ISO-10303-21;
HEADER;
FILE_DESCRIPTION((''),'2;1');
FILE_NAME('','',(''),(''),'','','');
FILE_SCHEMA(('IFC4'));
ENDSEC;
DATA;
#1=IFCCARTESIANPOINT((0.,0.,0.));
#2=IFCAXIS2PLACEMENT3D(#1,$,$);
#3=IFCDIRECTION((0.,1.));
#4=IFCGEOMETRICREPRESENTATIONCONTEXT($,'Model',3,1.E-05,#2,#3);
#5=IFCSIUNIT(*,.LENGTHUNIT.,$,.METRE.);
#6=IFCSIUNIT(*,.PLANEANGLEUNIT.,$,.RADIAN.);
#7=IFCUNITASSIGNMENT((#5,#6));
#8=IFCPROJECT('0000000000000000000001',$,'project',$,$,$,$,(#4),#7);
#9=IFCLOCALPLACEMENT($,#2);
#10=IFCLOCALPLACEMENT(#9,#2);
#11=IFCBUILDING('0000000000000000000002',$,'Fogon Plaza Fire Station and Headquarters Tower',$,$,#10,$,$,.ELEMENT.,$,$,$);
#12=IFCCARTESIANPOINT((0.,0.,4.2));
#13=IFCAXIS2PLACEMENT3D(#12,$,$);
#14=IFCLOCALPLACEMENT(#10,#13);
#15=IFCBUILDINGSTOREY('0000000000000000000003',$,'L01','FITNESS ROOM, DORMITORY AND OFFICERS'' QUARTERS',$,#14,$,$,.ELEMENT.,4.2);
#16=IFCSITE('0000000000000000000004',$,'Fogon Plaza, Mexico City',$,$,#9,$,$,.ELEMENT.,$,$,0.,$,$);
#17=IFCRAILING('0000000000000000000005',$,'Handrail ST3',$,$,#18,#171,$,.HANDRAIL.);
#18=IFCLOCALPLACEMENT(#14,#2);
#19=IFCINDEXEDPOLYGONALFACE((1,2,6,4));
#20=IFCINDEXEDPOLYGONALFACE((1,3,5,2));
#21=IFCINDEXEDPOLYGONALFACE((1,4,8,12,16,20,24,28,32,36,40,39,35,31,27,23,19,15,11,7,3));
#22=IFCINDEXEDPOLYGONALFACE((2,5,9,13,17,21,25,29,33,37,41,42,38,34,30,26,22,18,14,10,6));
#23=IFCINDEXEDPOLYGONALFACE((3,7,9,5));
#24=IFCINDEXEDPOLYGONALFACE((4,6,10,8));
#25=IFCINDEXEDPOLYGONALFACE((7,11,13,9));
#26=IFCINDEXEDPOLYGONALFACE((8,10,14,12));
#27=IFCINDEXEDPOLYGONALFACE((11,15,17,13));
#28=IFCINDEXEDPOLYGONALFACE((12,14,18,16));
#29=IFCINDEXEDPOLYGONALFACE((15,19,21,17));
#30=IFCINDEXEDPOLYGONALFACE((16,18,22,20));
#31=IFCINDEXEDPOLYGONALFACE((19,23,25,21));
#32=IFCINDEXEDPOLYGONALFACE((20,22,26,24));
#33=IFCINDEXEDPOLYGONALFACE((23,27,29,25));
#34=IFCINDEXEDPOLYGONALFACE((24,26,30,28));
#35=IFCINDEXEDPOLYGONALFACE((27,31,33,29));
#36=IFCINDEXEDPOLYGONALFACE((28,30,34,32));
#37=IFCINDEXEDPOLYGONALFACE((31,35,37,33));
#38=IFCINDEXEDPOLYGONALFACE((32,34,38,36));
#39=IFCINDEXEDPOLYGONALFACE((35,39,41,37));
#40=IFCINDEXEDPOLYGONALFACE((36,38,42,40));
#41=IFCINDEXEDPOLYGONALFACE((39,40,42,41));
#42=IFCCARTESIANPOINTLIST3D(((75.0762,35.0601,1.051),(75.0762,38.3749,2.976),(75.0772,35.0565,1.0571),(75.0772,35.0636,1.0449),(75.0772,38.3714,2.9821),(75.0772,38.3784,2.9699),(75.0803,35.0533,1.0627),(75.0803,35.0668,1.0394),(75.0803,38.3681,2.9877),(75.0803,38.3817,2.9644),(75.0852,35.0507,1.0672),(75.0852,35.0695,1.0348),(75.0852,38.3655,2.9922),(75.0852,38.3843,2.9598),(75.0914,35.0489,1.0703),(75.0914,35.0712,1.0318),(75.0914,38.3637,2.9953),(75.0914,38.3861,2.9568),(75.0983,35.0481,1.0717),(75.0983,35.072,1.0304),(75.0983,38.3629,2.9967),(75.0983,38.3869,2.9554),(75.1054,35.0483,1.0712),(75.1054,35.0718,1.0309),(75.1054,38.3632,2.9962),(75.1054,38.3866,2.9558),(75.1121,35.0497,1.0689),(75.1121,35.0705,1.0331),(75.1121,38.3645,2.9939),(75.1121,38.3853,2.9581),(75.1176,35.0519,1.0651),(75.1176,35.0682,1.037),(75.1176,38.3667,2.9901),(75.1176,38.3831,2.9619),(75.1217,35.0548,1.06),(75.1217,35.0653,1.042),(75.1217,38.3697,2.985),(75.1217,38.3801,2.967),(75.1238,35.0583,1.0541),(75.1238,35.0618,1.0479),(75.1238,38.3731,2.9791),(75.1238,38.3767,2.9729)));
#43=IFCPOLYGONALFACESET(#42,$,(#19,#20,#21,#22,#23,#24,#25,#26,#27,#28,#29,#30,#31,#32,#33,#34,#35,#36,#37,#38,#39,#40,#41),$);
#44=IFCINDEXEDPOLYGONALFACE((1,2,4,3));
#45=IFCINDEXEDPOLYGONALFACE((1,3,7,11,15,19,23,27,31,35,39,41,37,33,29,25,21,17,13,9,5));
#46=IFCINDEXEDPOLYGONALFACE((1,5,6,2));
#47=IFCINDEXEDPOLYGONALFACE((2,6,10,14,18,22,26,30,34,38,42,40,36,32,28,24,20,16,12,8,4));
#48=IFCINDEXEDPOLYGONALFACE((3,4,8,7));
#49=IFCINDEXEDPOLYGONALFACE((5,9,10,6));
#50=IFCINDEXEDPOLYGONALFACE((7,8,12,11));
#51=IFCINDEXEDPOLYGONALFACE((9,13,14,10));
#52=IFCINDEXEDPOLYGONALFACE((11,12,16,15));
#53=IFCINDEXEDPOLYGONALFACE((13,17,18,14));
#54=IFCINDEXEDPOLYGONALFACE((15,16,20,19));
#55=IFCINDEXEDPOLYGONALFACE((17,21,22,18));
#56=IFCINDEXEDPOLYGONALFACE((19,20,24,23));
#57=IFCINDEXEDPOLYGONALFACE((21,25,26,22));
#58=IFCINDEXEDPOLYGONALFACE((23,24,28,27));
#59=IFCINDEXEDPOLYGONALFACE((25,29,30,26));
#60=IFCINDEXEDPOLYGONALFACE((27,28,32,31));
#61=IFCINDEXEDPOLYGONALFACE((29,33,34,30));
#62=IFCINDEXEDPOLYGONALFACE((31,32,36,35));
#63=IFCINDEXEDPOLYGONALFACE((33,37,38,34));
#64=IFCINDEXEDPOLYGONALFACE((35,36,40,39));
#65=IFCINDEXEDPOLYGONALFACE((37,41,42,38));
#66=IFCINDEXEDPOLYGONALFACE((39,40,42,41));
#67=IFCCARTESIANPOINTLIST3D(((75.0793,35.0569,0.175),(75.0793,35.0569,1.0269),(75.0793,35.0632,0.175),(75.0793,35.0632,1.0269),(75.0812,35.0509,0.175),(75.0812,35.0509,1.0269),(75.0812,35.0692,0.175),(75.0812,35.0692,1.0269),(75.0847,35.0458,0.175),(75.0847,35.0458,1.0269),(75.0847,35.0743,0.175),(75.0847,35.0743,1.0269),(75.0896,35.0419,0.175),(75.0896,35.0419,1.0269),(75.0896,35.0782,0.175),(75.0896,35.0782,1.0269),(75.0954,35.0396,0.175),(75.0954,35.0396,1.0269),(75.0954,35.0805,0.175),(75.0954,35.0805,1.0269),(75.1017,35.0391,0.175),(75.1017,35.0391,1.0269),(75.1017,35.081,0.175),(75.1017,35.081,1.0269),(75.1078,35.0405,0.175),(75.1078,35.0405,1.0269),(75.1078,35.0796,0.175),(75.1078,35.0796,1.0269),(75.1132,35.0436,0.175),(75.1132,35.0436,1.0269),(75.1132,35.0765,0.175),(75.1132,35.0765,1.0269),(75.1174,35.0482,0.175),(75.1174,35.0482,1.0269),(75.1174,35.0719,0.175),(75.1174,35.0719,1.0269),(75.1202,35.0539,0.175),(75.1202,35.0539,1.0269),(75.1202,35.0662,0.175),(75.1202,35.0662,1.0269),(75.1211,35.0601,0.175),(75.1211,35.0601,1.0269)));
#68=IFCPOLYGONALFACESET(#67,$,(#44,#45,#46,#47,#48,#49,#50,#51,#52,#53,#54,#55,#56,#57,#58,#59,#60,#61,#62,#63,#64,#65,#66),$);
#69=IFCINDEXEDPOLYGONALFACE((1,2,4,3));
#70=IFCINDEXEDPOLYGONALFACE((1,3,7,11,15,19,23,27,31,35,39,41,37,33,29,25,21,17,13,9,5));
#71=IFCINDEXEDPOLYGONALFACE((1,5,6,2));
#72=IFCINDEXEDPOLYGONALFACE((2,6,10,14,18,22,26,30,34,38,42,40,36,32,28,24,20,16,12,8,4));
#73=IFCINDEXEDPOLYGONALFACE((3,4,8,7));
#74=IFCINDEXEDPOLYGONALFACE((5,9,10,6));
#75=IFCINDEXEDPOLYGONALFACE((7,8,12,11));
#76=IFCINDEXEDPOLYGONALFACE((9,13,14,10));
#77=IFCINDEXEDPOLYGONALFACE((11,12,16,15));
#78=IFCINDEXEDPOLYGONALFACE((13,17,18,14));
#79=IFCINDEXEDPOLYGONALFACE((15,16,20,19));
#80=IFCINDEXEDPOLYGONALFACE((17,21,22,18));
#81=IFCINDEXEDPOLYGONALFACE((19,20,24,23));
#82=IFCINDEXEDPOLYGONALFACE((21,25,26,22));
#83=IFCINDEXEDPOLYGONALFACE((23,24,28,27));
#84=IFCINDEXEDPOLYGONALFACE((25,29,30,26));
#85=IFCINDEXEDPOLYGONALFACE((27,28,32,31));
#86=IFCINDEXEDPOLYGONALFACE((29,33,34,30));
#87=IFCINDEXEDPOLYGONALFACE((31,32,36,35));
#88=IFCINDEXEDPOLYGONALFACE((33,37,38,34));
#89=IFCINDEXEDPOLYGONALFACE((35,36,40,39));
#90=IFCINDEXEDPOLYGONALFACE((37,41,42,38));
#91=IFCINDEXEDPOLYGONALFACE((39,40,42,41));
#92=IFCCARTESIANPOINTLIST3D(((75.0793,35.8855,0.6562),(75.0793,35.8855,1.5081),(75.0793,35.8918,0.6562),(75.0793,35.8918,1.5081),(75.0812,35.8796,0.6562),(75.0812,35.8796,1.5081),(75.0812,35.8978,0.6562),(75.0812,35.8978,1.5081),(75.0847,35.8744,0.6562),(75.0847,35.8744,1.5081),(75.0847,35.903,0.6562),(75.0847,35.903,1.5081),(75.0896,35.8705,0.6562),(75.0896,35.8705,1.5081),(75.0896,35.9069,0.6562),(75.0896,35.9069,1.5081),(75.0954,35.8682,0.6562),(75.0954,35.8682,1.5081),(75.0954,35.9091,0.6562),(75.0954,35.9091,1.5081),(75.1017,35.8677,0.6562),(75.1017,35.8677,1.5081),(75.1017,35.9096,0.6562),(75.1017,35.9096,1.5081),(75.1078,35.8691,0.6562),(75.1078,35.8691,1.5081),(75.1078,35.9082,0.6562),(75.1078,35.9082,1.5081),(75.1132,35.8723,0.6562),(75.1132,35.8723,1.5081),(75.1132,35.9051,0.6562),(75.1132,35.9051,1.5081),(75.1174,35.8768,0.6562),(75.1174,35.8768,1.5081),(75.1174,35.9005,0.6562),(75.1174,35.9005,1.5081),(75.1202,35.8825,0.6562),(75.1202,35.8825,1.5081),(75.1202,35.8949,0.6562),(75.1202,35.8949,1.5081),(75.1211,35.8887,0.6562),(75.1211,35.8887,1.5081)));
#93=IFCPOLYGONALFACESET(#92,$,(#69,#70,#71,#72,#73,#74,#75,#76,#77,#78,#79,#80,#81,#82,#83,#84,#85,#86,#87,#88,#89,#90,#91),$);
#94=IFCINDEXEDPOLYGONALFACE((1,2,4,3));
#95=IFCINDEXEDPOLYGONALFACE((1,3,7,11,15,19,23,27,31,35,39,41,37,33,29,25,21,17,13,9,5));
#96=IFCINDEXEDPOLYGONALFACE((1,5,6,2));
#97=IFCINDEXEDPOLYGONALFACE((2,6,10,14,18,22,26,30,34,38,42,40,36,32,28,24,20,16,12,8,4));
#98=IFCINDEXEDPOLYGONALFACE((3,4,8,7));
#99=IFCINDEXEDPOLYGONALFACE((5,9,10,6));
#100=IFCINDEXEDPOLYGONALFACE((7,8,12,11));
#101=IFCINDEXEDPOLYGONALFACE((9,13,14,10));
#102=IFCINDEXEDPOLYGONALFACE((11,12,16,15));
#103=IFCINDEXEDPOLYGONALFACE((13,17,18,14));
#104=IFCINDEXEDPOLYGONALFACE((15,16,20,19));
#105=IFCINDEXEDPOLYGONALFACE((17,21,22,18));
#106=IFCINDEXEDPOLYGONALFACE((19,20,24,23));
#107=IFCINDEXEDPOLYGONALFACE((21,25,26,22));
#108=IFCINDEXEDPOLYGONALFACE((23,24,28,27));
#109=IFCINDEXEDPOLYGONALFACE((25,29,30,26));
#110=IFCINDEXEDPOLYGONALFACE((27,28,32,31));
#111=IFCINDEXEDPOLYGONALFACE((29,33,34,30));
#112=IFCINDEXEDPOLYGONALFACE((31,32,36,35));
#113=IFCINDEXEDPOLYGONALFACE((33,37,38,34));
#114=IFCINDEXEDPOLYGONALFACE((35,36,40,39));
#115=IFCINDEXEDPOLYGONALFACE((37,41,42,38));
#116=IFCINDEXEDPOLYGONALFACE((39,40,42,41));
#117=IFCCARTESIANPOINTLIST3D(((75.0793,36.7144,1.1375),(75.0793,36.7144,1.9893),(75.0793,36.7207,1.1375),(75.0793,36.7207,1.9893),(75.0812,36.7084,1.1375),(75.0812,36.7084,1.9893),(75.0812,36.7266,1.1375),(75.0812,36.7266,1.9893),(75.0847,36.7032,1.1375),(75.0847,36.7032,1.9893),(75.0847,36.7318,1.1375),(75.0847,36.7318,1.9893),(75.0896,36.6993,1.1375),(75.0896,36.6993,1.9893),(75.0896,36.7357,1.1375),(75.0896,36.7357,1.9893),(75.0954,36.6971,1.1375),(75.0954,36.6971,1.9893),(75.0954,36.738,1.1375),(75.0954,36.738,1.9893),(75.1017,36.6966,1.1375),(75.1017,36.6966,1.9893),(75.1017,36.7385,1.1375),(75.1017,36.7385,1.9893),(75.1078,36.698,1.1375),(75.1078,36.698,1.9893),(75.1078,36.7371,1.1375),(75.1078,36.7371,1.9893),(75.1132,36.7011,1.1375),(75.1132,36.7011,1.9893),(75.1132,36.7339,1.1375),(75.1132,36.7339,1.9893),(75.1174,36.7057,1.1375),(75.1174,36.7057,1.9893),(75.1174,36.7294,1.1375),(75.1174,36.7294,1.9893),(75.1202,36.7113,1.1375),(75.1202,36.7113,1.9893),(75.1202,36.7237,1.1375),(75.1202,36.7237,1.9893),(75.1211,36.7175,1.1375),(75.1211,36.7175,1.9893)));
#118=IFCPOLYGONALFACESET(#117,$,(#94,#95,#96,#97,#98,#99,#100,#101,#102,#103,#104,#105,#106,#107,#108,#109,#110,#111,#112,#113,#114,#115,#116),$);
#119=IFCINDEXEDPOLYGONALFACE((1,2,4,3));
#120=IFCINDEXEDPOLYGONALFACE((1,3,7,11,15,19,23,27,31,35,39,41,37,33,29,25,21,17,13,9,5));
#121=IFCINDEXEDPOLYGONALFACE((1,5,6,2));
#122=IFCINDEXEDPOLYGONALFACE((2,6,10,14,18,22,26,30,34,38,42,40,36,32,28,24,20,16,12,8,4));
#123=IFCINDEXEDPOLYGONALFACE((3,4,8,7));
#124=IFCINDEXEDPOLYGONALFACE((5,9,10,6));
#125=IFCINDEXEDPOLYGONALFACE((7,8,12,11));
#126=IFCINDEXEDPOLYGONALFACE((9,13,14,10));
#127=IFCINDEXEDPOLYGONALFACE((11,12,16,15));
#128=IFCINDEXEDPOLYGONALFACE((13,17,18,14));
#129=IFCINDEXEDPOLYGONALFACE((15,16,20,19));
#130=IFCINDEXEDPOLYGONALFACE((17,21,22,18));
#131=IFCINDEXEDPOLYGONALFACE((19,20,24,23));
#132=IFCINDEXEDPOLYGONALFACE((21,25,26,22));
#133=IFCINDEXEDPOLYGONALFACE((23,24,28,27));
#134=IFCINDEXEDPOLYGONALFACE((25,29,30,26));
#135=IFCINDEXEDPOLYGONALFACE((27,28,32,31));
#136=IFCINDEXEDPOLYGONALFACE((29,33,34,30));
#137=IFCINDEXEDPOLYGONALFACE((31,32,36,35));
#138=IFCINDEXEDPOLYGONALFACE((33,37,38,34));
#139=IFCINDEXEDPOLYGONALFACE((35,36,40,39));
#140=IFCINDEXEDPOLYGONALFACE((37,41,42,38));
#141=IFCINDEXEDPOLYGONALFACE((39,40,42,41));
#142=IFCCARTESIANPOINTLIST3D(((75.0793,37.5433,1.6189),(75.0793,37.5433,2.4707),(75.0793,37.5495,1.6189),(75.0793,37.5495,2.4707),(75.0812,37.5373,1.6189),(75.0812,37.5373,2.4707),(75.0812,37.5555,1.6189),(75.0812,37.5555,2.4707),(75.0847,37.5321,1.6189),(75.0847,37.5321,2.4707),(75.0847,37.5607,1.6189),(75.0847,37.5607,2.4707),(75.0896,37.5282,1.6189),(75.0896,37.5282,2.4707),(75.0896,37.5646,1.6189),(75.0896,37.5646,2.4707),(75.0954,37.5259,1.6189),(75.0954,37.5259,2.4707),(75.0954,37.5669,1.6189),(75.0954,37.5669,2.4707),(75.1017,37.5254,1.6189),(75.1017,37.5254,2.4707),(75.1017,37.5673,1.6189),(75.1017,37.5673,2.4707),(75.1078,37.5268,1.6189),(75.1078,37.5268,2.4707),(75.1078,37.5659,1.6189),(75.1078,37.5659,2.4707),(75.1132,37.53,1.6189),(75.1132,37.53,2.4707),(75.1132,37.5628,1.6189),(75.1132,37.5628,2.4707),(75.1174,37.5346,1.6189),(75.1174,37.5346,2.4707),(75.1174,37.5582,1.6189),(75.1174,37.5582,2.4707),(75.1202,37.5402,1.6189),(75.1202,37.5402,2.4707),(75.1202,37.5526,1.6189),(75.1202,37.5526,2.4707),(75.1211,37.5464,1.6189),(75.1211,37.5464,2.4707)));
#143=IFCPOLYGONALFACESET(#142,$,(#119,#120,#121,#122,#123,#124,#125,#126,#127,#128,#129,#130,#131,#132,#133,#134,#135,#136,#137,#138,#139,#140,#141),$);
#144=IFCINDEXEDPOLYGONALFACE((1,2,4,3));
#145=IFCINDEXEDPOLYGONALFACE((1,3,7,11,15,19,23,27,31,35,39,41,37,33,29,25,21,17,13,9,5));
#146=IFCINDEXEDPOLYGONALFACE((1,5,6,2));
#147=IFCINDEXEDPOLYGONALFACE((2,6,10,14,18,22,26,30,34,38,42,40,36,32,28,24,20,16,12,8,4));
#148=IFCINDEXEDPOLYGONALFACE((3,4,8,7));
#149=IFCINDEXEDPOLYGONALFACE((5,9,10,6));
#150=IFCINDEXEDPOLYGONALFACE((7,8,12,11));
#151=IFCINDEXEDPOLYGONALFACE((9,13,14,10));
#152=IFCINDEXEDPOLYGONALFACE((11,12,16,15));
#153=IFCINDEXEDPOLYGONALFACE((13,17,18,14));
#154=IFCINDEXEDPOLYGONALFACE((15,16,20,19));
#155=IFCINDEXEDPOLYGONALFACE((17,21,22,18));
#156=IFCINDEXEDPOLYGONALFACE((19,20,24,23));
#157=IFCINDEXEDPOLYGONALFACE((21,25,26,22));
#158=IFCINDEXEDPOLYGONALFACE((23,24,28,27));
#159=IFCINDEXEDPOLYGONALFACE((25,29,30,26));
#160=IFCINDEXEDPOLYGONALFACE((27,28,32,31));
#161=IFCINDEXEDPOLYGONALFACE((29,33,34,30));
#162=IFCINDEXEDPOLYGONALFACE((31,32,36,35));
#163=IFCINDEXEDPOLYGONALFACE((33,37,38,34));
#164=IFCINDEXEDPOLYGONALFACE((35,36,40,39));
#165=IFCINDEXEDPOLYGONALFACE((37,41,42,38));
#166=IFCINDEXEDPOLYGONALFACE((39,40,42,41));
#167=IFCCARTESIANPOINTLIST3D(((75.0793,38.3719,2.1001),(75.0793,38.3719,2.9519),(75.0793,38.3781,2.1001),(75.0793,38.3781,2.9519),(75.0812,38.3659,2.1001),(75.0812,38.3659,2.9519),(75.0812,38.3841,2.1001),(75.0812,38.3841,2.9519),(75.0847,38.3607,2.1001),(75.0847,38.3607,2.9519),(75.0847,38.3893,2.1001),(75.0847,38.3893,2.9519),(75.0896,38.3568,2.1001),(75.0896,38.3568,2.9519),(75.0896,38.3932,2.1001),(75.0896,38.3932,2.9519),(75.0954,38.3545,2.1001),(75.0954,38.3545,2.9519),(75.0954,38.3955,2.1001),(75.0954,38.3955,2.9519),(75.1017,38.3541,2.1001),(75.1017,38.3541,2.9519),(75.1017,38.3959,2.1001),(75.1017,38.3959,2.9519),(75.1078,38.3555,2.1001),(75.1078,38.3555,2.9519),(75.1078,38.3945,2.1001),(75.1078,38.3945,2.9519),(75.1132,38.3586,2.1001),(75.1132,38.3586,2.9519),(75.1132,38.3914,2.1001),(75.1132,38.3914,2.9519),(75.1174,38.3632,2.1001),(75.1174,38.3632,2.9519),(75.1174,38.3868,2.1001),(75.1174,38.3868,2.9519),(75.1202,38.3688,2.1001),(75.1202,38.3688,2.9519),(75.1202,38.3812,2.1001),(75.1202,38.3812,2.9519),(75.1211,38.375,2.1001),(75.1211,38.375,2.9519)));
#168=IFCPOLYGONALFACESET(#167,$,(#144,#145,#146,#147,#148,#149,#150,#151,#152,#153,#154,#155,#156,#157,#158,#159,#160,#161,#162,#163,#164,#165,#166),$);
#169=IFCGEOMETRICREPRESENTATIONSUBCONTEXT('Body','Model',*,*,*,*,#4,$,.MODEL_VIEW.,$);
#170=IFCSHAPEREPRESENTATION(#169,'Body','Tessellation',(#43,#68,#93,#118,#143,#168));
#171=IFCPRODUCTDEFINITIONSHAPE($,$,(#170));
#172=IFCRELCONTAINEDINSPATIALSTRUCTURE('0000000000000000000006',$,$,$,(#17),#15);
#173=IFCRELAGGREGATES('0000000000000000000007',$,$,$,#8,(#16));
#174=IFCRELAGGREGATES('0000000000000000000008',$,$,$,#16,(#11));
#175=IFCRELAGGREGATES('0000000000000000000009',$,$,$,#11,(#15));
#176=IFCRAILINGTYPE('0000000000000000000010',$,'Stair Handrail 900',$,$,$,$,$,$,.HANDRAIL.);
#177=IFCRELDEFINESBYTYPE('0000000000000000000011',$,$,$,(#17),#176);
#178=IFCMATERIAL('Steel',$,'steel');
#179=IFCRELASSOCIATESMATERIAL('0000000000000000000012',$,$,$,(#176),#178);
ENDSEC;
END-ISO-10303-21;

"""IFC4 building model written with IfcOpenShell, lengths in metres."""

from ifc_helpers import new_model, si_unit, direction, frame, origin, origin_2d, place, context, subcontext, project, spatial, circle, extrude, material, type_object, element, save


model = new_model("IFC4")

# Units and contexts
model_context = context("Model", 3, precision=1e-05, world=origin(), true_north=direction((0.0, 1.0)))
body_context = subcontext(model_context, "Body", "Model", "MODEL_VIEW")
ifc_project = project(units=[si_unit("LENGTHUNIT", "METRE"), si_unit("PLANEANGLEUNIT", "RADIAN")], contexts=[model_context])

# Site, building, storey
site_placement = place(None, origin())
site = spatial("IfcSite", under=ifc_project, at=site_placement, Name="Fogon Plaza, Mexico City", CompositionType="ELEMENT", RefElevation=0.0)
building_placement = place(site_placement, origin())
building = spatial("IfcBuilding", under=site, at=building_placement, Name="Fogon Plaza Fire Station and Headquarters Tower", CompositionType="ELEMENT")
storey_placement = place(building_placement, frame((0.0, 0.0, 4.2)))
storey = spatial("IfcBuildingStorey", under=building, at=storey_placement, Name="L01", Description="FITNESS ROOM, DORMITORY AND OFFICERS' QUARTERS", CompositionType="ELEMENT", Elevation=4.2)

# Railing
ifc_material_1 = material(Name="Steel", Category="steel")
railing_type = type_object("IfcRailingType", Name="Stair Handrail 900", PredefinedType="HANDRAIL", material=ifc_material_1)
railing_placement = place(storey_placement, frame((75.1001, 35.0601, 0.175)))
element("IfcRailing", 1, at=railing_placement, inside=storey, type_object=railing_type, Name="Handrail ST3", PredefinedType="HANDRAIL", context=body_context, shape_type="SweptSolid", body=[
    extrude(circle(Radius=0.0239, at=origin_2d()), frame((0.0, 0.0, 0.876), z_axis=(0.0, 0.864761, 0.502183), x_axis=(-1.0, 0.0, 0.0)), (0.0, 0.0, 1.0), 3.8333),
    extrude(circle(Radius=0.021, at=origin_2d()), origin(), (0.0, 0.0, 1.0), 0.8518),
    extrude(circle(Radius=0.021, at=origin_2d()), frame((0.0, 0.8286, 0.4812)), (0.0, 0.0, 1.0), 0.8518),
    extrude(circle(Radius=0.021, at=origin_2d()), frame((0.0, 1.6575, 0.9624)), (0.0, 0.0, 1.0), 0.8518),
    extrude(circle(Radius=0.021, at=origin_2d()), frame((0.0, 2.4863, 1.4438)), (0.0, 0.0, 1.0), 0.8518),
    extrude(circle(Radius=0.021, at=origin_2d()), frame((0.0, 3.3149, 1.925)), (0.0, 0.0, 1.0), 0.8518),
])

save(model, "model.ifc")
